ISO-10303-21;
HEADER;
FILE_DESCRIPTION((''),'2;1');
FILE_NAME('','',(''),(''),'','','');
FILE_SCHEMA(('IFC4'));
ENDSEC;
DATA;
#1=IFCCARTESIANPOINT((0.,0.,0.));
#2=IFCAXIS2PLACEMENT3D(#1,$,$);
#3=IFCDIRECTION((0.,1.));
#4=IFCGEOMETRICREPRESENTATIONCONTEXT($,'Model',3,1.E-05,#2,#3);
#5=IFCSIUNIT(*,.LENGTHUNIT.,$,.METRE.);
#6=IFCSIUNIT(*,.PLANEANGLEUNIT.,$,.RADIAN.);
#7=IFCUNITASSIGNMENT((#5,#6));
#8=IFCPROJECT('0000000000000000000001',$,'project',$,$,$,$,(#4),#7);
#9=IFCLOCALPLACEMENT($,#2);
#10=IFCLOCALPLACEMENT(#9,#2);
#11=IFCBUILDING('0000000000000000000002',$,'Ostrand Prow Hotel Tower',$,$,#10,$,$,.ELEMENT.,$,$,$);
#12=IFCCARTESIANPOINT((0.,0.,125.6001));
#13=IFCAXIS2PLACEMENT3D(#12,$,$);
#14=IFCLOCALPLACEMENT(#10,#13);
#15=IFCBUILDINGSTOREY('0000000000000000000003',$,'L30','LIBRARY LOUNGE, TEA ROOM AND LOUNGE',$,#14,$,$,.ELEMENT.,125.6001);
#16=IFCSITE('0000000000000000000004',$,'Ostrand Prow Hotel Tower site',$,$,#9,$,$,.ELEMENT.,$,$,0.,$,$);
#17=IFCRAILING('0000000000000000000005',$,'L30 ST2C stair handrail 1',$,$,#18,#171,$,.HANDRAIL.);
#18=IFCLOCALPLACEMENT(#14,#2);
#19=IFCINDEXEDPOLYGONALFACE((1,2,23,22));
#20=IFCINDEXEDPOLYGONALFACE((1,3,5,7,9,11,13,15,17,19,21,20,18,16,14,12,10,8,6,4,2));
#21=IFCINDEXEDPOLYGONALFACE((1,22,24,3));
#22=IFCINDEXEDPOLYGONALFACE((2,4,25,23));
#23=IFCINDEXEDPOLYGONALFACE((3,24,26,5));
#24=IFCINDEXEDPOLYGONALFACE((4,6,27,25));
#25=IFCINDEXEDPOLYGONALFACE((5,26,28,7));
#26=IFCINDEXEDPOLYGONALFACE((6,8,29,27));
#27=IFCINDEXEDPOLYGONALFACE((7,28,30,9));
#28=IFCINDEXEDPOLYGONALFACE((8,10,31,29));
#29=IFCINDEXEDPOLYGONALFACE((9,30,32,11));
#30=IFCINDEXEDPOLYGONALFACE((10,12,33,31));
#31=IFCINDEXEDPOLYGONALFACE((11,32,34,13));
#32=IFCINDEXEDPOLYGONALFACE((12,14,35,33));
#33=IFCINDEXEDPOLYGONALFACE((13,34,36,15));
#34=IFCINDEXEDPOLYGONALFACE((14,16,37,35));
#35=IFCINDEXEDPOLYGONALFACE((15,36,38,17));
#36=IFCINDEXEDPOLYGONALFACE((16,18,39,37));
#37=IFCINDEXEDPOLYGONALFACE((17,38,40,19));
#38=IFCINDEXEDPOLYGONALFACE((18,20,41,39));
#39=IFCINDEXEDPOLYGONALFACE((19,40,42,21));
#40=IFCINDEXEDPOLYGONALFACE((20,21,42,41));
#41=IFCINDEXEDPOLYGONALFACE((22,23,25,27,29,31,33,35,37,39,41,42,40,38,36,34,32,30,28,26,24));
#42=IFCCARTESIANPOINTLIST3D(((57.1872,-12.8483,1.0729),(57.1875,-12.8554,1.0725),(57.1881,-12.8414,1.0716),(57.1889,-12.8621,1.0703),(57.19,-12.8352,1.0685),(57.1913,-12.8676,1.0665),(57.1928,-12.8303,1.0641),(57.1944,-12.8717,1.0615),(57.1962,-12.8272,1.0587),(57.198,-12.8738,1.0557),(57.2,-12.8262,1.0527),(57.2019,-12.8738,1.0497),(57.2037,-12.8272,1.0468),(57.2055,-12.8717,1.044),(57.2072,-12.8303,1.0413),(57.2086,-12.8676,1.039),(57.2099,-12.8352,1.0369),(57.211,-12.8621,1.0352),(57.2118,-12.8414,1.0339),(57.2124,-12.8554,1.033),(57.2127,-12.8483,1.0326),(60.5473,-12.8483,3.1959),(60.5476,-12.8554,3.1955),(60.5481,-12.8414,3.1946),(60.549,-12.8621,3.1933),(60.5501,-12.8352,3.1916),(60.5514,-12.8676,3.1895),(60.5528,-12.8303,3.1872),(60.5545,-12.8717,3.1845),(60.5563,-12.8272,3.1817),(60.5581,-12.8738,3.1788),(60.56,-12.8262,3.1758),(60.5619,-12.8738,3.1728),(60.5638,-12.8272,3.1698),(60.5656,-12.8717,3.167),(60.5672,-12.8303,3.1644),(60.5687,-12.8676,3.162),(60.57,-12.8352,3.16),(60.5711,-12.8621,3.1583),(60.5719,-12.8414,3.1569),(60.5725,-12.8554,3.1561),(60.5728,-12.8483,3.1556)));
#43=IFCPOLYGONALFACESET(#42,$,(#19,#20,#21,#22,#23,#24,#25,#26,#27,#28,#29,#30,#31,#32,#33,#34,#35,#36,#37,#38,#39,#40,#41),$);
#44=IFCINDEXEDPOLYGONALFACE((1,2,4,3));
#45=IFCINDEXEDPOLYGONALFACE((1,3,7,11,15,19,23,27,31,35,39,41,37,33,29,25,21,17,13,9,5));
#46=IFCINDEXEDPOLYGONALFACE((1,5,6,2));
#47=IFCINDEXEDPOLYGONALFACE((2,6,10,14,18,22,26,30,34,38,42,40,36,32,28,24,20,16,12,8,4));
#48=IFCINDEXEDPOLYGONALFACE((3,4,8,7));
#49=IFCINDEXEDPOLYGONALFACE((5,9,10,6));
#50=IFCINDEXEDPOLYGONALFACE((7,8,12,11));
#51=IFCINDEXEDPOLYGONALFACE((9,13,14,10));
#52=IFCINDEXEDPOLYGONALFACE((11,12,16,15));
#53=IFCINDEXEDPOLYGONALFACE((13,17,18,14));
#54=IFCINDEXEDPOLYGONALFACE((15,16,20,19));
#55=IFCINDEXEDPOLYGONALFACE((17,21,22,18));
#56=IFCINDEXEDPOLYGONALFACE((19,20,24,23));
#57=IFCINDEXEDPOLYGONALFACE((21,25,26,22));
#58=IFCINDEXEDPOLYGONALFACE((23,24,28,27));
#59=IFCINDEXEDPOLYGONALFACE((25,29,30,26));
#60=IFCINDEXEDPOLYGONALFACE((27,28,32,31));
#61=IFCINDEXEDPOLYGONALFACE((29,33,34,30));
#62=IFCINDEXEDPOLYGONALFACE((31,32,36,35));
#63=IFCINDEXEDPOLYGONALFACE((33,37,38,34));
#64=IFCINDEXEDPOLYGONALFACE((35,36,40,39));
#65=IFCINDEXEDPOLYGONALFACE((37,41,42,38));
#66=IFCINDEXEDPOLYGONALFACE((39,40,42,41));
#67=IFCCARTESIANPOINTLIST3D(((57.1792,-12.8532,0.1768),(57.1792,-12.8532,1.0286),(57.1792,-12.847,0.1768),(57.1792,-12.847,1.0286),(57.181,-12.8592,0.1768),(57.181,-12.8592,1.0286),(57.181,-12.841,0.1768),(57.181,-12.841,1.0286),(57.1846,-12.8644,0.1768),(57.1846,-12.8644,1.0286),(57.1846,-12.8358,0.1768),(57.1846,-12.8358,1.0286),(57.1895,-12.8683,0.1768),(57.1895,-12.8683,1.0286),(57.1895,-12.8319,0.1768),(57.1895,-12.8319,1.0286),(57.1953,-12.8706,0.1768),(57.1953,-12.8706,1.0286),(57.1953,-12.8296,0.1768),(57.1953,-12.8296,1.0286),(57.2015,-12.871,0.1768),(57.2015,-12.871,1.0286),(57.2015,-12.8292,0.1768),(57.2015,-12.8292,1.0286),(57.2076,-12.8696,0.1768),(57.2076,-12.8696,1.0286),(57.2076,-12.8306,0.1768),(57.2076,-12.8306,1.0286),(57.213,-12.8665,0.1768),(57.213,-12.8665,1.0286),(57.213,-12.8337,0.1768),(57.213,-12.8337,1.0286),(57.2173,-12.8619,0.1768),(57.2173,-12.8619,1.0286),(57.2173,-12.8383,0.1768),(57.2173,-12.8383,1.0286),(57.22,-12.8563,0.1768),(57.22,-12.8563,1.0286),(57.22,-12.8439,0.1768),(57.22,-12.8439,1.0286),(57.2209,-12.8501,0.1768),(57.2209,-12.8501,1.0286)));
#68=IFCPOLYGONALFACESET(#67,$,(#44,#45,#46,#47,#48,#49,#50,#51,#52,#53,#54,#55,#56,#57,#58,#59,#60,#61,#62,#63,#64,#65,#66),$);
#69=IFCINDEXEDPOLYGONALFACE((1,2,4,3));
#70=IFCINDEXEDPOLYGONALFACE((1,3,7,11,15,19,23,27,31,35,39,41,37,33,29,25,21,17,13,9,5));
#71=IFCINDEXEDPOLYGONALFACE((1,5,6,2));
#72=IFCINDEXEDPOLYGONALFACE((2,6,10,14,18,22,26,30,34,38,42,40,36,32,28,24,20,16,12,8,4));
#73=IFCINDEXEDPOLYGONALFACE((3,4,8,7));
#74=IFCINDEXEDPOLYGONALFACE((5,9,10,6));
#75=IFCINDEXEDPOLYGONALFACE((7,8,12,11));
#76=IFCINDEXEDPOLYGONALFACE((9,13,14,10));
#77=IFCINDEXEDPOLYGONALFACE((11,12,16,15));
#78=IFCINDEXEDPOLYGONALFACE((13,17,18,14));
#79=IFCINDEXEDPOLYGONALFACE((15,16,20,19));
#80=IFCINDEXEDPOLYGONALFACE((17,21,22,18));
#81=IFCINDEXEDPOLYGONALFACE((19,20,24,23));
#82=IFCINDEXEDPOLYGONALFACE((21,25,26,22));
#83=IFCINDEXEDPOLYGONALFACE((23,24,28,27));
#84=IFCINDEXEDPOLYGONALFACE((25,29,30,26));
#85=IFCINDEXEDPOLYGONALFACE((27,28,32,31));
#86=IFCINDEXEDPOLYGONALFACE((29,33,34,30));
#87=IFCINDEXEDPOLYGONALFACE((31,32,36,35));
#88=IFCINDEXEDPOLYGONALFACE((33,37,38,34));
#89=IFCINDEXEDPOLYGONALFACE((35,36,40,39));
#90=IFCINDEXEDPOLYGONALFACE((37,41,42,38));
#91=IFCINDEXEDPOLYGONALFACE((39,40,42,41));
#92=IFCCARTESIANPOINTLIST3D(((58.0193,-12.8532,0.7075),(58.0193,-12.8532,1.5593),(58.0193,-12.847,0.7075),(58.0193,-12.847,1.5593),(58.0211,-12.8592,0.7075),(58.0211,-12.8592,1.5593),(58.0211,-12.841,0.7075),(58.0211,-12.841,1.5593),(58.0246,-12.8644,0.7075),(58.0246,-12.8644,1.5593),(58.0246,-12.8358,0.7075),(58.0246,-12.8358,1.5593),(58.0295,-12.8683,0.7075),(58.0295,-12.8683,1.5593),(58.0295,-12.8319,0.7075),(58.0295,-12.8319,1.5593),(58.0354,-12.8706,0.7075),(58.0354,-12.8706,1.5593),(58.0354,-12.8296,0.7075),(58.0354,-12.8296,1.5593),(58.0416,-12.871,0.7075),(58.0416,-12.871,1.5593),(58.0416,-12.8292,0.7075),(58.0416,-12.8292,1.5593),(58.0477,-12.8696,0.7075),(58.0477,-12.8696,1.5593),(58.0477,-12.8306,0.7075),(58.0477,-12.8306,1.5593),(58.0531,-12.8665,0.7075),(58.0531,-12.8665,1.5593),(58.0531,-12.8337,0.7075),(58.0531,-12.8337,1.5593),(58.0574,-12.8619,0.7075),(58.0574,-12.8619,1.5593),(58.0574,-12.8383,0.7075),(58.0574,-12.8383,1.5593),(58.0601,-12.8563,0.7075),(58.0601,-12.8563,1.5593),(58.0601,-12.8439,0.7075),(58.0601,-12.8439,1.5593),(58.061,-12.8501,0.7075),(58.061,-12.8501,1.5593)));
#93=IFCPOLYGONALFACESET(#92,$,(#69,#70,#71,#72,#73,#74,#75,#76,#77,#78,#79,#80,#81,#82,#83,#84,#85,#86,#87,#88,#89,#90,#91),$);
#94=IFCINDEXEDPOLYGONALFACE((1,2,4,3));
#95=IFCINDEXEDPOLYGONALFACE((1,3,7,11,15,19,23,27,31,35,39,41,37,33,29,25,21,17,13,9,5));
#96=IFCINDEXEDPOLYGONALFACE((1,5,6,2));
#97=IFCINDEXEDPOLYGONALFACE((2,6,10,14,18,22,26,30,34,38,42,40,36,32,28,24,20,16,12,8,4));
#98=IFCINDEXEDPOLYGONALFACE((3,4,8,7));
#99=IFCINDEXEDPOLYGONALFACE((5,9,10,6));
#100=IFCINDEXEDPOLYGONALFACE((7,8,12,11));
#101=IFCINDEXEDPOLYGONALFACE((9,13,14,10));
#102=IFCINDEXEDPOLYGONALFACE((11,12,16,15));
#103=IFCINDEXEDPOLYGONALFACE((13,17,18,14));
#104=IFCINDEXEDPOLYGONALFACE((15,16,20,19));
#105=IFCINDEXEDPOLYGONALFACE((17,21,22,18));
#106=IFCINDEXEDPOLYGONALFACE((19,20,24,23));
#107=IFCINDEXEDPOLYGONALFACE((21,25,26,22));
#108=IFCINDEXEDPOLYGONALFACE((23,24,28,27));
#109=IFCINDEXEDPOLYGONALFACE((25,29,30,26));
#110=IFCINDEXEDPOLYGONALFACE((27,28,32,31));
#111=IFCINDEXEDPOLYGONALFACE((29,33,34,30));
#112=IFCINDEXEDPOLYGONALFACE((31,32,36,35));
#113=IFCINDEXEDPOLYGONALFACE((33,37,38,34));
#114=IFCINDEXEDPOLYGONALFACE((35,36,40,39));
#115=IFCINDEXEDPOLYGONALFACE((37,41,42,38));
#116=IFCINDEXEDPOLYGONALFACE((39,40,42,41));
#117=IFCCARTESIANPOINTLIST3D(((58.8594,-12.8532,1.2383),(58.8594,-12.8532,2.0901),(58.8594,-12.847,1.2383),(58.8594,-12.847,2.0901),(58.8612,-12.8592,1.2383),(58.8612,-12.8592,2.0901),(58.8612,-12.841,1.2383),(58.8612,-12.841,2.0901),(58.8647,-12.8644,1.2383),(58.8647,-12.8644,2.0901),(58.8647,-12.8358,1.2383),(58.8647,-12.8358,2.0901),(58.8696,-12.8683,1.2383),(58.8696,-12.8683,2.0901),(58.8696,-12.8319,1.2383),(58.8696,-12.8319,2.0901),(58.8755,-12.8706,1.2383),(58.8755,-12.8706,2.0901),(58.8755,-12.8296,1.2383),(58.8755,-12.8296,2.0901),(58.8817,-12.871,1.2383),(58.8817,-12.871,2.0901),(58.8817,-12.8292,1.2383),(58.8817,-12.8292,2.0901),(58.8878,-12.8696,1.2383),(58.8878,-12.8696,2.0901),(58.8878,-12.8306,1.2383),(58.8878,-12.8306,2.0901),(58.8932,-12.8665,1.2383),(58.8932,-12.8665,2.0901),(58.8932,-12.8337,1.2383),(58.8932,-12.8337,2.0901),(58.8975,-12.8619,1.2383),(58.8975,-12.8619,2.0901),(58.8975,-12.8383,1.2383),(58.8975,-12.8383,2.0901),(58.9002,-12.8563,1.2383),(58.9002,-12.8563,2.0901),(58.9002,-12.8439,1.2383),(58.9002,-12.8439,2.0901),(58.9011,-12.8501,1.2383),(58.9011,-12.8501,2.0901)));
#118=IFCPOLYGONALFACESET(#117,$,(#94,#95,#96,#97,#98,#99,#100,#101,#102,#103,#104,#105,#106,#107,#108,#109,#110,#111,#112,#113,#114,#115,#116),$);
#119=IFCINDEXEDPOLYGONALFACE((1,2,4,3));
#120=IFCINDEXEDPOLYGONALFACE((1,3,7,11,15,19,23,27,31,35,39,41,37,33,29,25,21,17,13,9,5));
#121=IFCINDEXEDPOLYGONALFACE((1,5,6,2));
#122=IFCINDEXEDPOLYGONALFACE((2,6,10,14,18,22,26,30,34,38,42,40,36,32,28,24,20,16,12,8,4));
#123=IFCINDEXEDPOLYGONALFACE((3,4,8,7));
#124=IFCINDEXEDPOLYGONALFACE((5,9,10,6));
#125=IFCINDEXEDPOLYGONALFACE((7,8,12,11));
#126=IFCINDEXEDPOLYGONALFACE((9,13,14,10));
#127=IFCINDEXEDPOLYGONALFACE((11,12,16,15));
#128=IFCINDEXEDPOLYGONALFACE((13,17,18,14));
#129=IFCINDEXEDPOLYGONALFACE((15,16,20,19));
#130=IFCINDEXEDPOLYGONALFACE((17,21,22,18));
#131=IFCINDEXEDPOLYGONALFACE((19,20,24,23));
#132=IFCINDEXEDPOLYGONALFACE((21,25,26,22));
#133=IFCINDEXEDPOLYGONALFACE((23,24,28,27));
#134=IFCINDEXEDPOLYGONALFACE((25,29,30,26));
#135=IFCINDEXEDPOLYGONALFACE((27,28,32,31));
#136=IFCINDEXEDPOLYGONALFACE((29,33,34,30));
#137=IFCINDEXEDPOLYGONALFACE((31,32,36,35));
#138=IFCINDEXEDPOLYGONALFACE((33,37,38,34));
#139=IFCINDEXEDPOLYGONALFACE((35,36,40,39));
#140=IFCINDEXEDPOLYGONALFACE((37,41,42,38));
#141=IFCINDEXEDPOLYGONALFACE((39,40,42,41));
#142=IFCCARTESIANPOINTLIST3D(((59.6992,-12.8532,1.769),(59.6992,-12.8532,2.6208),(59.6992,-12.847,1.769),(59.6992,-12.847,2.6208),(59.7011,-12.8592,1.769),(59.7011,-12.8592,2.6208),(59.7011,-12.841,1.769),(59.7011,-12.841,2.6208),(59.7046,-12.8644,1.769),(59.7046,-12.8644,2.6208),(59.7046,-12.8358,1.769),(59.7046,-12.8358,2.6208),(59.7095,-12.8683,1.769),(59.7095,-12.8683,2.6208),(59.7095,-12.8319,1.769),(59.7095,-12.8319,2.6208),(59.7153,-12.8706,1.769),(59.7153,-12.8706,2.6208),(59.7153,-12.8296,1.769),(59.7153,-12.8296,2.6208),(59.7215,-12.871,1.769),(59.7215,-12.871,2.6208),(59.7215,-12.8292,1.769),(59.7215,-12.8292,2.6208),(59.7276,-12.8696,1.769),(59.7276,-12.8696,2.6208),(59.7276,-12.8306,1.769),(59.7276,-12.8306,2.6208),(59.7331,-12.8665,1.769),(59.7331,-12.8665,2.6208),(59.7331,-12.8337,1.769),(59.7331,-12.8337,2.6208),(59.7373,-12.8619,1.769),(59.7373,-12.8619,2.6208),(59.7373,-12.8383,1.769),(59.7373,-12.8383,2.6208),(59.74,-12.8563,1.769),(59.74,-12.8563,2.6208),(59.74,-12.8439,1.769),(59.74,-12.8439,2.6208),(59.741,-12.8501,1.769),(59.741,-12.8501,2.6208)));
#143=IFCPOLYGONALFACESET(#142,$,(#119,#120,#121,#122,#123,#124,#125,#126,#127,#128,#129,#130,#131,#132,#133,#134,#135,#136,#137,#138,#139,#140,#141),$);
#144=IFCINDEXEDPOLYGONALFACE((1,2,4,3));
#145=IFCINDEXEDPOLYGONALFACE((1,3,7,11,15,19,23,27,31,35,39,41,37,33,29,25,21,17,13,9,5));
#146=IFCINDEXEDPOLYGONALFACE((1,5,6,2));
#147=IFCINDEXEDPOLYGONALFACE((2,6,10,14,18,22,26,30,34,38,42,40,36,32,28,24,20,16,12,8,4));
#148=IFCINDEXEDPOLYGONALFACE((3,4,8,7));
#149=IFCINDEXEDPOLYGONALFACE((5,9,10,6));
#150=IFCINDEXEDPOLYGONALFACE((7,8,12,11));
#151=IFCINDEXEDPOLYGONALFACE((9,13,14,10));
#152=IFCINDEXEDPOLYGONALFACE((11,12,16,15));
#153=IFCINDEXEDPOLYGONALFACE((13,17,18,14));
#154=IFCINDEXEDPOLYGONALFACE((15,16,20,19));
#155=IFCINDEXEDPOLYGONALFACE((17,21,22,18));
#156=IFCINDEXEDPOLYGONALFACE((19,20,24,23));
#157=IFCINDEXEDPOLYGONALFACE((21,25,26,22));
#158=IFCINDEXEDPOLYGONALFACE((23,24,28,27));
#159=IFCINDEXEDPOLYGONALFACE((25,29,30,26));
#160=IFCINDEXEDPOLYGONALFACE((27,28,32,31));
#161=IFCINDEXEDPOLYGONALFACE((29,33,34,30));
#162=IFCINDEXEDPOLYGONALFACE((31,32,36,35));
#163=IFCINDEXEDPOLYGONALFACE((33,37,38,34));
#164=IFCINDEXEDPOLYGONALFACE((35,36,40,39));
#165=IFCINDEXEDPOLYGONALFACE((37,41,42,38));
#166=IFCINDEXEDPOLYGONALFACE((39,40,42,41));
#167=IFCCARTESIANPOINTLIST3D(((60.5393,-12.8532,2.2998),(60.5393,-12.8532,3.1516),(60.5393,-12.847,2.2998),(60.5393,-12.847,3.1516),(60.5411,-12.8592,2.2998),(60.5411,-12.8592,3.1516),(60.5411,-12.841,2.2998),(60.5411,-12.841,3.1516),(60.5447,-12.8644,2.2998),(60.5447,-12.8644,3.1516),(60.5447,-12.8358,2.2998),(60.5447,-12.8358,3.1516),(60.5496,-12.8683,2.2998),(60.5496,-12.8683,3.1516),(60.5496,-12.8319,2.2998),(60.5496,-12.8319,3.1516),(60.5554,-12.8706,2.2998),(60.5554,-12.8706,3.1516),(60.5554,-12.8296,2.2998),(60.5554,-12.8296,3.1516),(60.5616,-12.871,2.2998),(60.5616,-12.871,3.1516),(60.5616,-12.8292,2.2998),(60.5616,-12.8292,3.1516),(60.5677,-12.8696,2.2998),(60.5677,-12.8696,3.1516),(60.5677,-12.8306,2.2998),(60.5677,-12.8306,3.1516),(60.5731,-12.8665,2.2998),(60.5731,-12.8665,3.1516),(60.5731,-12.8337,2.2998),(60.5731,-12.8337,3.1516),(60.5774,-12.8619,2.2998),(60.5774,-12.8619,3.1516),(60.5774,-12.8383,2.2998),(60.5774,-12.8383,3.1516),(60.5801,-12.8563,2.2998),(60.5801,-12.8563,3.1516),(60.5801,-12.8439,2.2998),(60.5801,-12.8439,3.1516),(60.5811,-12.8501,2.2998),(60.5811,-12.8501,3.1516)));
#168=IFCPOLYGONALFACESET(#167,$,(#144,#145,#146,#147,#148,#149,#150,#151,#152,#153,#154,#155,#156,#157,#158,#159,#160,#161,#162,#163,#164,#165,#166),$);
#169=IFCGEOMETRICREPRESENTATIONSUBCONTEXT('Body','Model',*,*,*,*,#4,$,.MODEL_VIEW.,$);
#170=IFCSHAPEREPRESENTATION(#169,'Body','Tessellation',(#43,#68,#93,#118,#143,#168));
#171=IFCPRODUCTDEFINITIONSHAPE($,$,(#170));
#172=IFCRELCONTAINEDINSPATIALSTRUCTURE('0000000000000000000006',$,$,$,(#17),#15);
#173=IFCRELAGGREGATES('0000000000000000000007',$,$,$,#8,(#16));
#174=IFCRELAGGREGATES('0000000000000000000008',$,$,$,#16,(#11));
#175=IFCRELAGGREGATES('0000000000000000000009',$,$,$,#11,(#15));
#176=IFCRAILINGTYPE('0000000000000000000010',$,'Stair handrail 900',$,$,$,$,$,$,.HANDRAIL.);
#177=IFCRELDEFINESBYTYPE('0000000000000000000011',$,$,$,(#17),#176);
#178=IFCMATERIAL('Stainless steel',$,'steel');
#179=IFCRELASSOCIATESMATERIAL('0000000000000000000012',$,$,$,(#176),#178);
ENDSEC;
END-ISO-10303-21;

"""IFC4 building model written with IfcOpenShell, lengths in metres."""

from ifc_helpers import new_model, si_unit, direction, frame, origin, origin_2d, place, context, subcontext, project, spatial, circle, extrude, material, type_object, element, save


model = new_model("IFC4")

# Units and contexts
model_context = context("Model", 3, precision=1e-05, world=origin(), true_north=direction((0.0, 1.0)))
body_context = subcontext(model_context, "Body", "Model", "MODEL_VIEW")
ifc_project = project(units=[si_unit("LENGTHUNIT", "METRE"), si_unit("PLANEANGLEUNIT", "RADIAN")], contexts=[model_context])

# Site, building, storey
site_placement = place(None, origin())
site = spatial("IfcSite", under=ifc_project, at=site_placement, Name="Ostrand Prow Hotel Tower site", CompositionType="ELEMENT", RefElevation=0.0)
building_placement = place(site_placement, origin())
building = spatial("IfcBuilding", under=site, at=building_placement, Name="Ostrand Prow Hotel Tower", CompositionType="ELEMENT")
storey_placement = place(building_placement, frame((0.0, 0.0, 125.6001)))
storey = spatial("IfcBuildingStorey", under=building, at=storey_placement, Name="L30", Description="LIBRARY LOUNGE, TEA ROOM AND LOUNGE", CompositionType="ELEMENT", Elevation=125.6001)

# Railing
ifc_material_1 = material(Name="Stainless steel", Category="steel")
railing_type_1 = type_object("IfcRailingType", Name="Stair handrail 900", PredefinedType="HANDRAIL", material=ifc_material_1)
railing_1_placement = place(storey_placement, frame((57.2, -12.8501, 0.1768)))
element("IfcRailing", 1, at=railing_1_placement, inside=storey, type_object=railing_type_1, Name="L30 ST2C stair handrail 1", PredefinedType="HANDRAIL", context=body_context, shape_type="SweptSolid", body=[
    extrude(circle(Radius=0.0239, at=origin_2d()), frame((0.0, 0.0, 0.876), z_axis=(0.84539, 0.0, 0.53415), x_axis=(0.0, 1.0, 0.0)), (0.0, 0.0, 1.0), 3.9746),
    extrude(circle(Radius=0.021, at=origin_2d()), origin(), (0.0, 0.0, 1.0), 0.8518),
    extrude(circle(Radius=0.021, at=origin_2d()), frame((0.8401, 0.0, 0.5308)), (0.0, 0.0, 1.0), 0.8518),
    extrude(circle(Radius=0.021, at=origin_2d()), frame((1.6802, 0.0, 1.0615)), (0.0, 0.0, 1.0), 0.8518),
    extrude(circle(Radius=0.021, at=origin_2d()), frame((2.52, 0.0, 1.5923)), (0.0, 0.0, 1.0), 0.8518),
    extrude(circle(Radius=0.021, at=origin_2d()), frame((3.3601, 0.0, 2.123)), (0.0, 0.0, 1.0), 0.8518),
])

save(model, "model.ifc")
